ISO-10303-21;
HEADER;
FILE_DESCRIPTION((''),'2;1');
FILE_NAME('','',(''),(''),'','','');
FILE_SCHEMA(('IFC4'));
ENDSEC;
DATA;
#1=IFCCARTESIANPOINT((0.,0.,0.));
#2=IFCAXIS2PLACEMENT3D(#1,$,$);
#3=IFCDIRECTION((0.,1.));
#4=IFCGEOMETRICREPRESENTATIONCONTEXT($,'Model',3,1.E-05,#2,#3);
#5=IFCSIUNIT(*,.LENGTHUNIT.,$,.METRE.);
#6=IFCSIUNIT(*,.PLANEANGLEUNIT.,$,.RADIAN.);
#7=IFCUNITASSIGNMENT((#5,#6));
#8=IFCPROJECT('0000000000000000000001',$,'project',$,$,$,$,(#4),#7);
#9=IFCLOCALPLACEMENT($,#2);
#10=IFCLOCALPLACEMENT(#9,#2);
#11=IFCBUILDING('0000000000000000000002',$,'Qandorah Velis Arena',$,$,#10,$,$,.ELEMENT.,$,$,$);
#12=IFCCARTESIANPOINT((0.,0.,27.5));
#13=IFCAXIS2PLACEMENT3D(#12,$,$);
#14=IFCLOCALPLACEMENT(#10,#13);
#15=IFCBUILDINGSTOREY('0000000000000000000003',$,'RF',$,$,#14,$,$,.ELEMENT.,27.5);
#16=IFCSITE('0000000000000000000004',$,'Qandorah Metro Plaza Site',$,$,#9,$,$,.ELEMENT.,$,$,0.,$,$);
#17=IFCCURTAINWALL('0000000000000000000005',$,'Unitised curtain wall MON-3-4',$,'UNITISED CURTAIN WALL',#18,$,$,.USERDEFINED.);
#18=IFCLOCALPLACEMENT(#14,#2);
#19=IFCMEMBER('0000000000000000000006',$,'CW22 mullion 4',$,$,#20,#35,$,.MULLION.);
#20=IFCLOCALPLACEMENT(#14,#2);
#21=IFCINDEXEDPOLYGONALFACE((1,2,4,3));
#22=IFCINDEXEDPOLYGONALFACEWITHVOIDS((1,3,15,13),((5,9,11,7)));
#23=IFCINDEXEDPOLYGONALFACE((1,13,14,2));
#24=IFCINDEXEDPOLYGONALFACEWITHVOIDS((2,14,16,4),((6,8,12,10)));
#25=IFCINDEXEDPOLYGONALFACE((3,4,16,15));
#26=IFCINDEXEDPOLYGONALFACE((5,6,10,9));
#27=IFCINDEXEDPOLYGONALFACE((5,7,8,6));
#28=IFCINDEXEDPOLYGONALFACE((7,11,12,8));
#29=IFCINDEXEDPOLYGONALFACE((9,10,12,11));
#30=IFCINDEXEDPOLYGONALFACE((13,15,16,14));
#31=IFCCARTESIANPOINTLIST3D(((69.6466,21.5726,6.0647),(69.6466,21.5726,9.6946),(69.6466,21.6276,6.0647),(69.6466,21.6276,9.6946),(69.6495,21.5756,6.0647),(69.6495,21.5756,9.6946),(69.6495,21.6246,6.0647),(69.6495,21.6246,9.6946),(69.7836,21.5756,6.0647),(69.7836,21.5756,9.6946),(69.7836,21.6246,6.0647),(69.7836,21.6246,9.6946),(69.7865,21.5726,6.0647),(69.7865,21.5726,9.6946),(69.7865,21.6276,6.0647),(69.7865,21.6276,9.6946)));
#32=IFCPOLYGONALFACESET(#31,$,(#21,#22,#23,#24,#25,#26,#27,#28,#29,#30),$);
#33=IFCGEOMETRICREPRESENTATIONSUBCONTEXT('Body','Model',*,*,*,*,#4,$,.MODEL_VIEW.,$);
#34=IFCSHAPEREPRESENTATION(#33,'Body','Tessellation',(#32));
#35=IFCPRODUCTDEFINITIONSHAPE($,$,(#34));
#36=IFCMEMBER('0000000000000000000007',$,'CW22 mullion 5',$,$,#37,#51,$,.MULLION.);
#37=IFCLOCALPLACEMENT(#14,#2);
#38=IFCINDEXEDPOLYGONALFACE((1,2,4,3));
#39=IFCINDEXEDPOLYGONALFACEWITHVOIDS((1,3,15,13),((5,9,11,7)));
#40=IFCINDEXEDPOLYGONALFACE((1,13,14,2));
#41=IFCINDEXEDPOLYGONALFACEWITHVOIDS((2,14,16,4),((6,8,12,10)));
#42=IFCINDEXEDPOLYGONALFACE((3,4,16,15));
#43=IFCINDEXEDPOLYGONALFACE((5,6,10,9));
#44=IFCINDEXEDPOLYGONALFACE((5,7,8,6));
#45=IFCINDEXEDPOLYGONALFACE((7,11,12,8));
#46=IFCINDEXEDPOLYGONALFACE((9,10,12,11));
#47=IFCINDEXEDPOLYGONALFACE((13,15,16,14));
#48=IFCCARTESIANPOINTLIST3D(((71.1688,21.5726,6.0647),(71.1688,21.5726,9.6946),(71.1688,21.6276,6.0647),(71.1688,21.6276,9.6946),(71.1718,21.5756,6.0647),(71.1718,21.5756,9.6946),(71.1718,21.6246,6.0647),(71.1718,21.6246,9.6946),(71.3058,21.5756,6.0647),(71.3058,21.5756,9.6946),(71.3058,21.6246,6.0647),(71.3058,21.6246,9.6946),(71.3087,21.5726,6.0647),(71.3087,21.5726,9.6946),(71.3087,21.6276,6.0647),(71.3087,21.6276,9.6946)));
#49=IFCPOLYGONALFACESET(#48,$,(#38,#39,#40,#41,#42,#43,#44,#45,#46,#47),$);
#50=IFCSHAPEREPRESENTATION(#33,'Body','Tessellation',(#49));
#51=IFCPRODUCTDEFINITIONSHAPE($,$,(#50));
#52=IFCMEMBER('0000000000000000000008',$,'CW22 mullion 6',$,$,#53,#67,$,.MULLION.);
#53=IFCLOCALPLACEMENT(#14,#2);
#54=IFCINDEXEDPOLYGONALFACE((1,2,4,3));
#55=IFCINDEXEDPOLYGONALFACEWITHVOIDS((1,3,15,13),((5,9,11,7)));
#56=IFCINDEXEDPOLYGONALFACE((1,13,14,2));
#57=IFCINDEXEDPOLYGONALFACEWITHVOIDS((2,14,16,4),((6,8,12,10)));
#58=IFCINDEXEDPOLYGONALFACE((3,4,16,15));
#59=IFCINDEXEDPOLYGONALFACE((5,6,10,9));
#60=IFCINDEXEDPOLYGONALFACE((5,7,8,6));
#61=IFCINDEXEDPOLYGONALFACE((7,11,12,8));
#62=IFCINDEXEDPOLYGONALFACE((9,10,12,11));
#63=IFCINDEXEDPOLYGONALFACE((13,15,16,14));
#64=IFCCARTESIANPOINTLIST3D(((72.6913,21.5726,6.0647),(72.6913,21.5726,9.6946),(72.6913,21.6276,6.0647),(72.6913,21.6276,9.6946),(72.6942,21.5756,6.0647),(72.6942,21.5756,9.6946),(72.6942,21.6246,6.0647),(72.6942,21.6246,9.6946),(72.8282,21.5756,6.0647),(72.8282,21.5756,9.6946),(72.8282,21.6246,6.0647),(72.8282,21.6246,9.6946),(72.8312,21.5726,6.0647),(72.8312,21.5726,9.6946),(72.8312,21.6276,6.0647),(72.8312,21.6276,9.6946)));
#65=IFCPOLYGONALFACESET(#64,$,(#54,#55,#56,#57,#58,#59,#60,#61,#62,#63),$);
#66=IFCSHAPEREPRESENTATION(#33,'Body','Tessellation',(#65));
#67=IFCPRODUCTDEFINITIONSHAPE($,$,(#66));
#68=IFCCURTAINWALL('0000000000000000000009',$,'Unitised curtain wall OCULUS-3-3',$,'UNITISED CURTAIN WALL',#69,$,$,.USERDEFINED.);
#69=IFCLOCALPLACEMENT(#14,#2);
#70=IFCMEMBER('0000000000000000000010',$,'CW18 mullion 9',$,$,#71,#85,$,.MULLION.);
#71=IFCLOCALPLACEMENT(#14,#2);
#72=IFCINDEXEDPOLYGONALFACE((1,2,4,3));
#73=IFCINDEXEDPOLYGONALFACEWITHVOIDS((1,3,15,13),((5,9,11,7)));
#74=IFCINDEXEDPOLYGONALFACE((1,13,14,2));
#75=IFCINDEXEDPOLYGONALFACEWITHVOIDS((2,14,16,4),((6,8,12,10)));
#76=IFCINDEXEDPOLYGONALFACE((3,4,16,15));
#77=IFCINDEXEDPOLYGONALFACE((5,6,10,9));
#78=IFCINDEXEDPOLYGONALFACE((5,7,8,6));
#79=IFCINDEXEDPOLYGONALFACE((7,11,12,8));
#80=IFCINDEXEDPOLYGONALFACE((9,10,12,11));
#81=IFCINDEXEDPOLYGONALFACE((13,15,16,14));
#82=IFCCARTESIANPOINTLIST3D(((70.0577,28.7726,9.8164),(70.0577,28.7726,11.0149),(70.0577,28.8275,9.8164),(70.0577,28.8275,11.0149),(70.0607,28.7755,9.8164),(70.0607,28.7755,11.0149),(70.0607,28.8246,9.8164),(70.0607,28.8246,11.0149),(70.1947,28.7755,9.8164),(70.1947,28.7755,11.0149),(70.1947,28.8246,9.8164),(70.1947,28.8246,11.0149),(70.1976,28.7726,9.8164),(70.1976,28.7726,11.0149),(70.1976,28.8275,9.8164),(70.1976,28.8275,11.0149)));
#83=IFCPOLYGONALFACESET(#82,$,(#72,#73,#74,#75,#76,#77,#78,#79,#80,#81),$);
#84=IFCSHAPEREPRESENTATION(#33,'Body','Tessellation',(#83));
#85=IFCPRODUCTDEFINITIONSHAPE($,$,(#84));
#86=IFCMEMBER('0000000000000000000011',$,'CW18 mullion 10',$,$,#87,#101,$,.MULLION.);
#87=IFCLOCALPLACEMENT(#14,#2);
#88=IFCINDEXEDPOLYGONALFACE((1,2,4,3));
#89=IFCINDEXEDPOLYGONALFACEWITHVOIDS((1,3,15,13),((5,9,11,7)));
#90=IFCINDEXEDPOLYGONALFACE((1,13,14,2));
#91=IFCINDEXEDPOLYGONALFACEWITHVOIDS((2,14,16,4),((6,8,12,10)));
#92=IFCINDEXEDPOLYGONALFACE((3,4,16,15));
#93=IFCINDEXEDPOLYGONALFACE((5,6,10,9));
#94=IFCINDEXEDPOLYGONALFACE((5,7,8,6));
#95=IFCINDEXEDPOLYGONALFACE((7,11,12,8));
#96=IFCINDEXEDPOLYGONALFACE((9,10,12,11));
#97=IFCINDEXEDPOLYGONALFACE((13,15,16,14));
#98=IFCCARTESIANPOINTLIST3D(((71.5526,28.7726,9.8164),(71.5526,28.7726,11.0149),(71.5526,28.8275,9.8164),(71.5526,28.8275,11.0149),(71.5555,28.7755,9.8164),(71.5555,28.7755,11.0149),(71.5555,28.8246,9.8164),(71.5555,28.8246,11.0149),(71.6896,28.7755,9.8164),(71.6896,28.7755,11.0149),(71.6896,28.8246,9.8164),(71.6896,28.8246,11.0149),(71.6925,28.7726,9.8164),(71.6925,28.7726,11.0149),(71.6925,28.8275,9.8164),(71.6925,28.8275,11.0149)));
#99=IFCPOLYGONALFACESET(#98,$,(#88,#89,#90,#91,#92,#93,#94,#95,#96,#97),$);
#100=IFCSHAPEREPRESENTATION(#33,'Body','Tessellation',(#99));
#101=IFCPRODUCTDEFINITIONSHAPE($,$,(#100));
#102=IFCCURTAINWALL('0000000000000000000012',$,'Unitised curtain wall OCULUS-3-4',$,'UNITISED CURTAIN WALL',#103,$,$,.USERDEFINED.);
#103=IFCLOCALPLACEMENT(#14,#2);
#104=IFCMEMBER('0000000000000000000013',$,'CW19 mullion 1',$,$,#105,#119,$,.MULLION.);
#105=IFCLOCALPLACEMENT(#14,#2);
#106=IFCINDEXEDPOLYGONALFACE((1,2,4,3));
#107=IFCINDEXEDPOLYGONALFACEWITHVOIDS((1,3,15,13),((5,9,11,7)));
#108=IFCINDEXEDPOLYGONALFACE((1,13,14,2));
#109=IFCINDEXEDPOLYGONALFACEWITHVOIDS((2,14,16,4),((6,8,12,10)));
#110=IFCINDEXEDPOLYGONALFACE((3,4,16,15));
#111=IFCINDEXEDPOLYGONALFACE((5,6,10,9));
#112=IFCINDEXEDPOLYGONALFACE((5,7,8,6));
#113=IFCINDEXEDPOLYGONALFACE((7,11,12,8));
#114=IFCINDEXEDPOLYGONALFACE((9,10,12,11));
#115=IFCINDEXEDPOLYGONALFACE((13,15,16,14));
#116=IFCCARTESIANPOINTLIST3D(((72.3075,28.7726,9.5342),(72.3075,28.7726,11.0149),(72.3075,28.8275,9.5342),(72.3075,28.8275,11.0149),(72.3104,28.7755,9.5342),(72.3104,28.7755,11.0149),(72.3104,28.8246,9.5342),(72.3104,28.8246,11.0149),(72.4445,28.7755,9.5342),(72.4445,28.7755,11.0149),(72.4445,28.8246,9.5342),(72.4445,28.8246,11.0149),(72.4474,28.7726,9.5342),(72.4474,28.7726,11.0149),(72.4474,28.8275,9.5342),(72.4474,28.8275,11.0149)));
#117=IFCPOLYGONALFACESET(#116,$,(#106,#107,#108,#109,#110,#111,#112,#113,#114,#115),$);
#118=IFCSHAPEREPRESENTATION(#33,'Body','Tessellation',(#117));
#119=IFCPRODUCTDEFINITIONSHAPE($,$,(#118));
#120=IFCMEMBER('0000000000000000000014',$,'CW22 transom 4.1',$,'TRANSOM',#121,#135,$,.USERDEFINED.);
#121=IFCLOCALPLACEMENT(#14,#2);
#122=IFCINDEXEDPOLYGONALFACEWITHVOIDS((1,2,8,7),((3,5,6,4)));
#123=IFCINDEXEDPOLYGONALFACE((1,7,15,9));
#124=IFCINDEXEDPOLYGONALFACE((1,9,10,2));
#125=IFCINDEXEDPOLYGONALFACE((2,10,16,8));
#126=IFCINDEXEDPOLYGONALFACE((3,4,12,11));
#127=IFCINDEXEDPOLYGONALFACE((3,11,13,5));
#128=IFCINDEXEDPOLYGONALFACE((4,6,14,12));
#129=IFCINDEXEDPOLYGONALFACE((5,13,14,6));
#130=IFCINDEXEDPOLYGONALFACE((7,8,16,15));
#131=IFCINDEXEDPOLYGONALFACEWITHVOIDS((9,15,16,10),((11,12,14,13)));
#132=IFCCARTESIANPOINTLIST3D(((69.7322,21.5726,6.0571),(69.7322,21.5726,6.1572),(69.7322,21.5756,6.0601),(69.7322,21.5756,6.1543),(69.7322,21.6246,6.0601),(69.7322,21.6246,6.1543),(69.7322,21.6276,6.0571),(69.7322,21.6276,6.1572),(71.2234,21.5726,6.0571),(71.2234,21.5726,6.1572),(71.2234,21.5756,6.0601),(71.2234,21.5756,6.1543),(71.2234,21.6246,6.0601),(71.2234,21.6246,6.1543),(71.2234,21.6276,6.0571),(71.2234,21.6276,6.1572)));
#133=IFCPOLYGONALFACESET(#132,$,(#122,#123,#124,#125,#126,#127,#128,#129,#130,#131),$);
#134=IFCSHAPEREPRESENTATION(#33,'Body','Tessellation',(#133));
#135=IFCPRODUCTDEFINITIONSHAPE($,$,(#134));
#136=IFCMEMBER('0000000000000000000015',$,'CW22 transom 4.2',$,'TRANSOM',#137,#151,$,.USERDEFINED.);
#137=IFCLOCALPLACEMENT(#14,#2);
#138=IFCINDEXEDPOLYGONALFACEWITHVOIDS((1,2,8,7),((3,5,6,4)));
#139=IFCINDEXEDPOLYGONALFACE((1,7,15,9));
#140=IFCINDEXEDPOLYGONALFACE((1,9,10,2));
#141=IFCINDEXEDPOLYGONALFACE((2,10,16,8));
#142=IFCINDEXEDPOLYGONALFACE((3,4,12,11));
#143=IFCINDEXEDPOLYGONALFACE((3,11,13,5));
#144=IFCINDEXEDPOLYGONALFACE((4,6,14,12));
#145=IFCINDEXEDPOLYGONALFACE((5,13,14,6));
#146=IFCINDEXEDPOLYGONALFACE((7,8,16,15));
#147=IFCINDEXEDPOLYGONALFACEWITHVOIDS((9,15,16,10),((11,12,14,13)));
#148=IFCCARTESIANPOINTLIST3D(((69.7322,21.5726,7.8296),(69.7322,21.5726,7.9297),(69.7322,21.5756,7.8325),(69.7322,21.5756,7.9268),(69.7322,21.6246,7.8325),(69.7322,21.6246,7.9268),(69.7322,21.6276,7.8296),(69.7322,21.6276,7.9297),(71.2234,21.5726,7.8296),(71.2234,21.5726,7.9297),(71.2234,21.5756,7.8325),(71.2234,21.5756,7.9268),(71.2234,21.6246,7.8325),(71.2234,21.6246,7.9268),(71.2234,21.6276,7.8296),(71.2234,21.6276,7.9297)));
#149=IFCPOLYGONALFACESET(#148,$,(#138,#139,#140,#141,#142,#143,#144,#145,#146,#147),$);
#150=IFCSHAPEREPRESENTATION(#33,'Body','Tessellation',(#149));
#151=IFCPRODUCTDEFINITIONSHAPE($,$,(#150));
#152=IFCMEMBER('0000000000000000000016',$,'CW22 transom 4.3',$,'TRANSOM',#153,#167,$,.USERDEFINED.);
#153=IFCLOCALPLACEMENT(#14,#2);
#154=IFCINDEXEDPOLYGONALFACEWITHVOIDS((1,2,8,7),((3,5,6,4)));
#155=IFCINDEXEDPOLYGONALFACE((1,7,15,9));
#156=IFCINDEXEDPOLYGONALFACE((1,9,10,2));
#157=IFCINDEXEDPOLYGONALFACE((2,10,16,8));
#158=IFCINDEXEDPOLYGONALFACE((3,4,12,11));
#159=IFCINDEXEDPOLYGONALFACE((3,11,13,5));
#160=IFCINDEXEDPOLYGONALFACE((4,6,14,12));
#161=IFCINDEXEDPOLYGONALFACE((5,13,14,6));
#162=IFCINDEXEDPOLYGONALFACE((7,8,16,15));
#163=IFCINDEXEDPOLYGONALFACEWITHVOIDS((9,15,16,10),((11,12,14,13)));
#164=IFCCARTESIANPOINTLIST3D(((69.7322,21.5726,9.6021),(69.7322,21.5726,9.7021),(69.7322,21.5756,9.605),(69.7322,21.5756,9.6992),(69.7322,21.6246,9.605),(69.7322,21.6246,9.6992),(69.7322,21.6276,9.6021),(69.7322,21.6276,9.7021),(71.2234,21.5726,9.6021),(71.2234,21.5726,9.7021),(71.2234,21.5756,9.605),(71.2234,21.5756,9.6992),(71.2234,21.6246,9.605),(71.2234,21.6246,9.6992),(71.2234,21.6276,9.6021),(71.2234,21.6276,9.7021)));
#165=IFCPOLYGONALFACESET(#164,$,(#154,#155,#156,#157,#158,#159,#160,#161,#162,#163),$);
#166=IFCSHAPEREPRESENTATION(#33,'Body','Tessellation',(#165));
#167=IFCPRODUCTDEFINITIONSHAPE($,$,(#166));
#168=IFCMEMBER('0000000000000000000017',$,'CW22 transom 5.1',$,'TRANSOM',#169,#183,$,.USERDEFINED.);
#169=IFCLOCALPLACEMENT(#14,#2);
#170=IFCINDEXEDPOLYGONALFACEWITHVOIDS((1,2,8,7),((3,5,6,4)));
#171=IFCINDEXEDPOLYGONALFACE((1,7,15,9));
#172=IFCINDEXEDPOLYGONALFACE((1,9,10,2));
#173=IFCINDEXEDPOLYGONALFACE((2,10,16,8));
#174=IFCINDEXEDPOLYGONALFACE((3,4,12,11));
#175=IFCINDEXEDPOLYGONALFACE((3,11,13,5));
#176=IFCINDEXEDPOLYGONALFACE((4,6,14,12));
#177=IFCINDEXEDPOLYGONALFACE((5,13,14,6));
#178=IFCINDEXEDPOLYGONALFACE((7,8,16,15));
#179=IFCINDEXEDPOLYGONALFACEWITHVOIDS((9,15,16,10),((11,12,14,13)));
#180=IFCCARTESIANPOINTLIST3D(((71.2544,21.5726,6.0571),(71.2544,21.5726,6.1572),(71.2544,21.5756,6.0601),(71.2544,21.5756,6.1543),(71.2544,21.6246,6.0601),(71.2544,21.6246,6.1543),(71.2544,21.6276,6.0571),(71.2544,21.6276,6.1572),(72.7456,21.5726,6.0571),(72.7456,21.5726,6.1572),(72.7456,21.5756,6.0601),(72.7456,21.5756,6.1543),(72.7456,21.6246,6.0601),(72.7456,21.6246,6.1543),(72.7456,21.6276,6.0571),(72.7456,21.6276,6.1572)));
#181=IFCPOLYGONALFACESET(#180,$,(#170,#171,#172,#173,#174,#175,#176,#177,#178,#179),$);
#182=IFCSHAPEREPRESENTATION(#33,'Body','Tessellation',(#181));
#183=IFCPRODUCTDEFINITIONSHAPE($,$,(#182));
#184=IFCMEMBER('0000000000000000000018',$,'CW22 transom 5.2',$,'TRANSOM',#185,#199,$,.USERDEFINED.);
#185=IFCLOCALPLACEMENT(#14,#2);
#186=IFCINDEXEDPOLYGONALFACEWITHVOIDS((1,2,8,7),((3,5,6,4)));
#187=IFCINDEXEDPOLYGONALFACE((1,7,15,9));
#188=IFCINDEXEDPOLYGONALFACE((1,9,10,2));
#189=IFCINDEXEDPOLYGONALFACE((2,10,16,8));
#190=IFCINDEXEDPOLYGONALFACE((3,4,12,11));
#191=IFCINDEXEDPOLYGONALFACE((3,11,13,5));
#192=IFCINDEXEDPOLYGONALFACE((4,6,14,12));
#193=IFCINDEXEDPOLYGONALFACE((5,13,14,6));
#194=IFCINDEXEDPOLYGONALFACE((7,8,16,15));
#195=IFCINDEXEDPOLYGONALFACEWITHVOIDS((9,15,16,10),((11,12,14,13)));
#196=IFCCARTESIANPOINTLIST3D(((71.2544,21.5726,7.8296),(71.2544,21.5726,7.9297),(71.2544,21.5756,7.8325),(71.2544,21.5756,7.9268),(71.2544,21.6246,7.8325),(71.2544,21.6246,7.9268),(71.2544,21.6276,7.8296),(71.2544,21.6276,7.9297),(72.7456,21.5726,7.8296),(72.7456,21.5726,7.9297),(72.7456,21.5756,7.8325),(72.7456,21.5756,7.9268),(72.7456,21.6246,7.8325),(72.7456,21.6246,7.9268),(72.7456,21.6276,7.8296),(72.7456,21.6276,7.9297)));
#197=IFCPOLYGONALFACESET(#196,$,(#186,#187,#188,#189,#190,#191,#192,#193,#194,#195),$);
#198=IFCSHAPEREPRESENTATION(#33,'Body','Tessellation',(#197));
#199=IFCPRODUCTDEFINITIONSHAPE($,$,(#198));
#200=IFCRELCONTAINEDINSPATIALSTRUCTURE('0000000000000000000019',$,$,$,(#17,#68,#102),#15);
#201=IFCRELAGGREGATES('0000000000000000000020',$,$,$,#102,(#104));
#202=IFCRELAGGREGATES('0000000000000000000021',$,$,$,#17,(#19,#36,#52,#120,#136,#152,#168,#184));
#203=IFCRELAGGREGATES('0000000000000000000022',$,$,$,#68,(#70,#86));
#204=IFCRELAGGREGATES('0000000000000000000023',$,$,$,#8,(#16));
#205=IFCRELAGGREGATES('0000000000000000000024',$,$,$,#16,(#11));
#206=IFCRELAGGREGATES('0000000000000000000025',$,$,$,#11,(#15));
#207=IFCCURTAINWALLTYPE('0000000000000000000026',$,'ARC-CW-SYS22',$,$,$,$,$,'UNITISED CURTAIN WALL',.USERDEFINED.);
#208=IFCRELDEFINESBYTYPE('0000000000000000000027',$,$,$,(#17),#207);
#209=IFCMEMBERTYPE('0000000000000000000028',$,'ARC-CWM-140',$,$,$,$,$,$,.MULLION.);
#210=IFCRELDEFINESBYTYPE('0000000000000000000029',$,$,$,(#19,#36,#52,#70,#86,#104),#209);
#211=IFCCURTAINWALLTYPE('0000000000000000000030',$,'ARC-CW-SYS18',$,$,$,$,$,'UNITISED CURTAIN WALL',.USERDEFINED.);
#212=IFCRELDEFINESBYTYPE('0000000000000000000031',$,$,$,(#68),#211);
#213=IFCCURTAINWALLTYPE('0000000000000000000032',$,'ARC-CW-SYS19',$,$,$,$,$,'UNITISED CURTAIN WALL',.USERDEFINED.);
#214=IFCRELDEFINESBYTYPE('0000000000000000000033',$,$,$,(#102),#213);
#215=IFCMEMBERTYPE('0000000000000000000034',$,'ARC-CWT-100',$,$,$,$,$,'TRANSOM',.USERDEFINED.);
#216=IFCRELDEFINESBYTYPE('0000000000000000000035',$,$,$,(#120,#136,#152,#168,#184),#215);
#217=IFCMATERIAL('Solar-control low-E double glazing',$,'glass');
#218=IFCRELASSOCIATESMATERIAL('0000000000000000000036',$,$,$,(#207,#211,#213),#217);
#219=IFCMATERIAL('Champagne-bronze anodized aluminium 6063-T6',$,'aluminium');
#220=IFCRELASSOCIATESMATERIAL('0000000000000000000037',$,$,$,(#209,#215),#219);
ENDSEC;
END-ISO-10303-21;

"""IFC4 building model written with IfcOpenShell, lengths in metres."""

from ifc_helpers import new_model, si_unit, direction, frame, origin, origin_2d, place, context, subcontext, project, spatial, hollow_rectangle, extrude, material, material_profile, profile_set, type_object, element, aggregate, save


model = new_model("IFC4")

# Units and contexts
model_context = context("Model", 3, precision=1e-05, world=origin(), true_north=direction((0.0, 1.0)))
body_context = subcontext(model_context, "Body", "Model", "MODEL_VIEW")
ifc_project = project(units=[si_unit("LENGTHUNIT", "METRE"), si_unit("PLANEANGLEUNIT", "RADIAN")], contexts=[model_context])

# Site, building, storey
site_placement = place(None, origin())
site = spatial("IfcSite", under=ifc_project, at=site_placement, Name="Qandorah Metro Plaza Site", CompositionType="ELEMENT", RefElevation=0.0)
building_placement = place(site_placement, origin())
building = spatial("IfcBuilding", under=site, at=building_placement, Name="Qandorah Velis Arena", CompositionType="ELEMENT")
storey_placement = place(building_placement, frame((0.0, 0.0, 27.5)))
storey = spatial("IfcBuildingStorey", under=building, at=storey_placement, Name="RF", CompositionType="ELEMENT", Elevation=27.5)

# Curtain walls, members
ifc_material_1 = material(Name="Solar-control low-E double glazing", Category="glass")
curtain_wall_type_1 = type_object("IfcCurtainWallType", Name="ARC-CW-SYS22", ElementType="UNITISED CURTAIN WALL", PredefinedType="USERDEFINED", material=ifc_material_1)
curtain_wall_1_placement = place(storey_placement, origin())
curtain_wall_1 = element("IfcCurtainWall", 1, at=curtain_wall_1_placement, inside=storey, type_object=curtain_wall_type_1, Name="Unitised curtain wall MON-3-4", ObjectType="UNITISED CURTAIN WALL", PredefinedType="USERDEFINED")
ifc_material_2 = material(Name="Champagne-bronze anodized aluminium 6063-T6", Category="aluminium")
ifc_material_profile_1 = material_profile(ifc_material_2, hollow_rectangle(XDim=0.0549, YDim=0.1399, WallThickness=0.0029, at=origin_2d()), Name="ALU MULLION 55x140")
ifc_profile_set_1 = profile_set([ifc_material_profile_1], Name="Champagne-bronze anodized aluminium 6063-T6")
member_type_1 = type_object("IfcMemberType", Name="ARC-CWM-140", PredefinedType="MULLION", material=ifc_profile_set_1)
member_1_placement = place(storey_placement, frame((69.7166, 21.6001, 6.0647), z_axis=(0.0, 0.0, 1.0), x_axis=(0.0, 1.0, 0.0)))
member_1 = element("IfcMember", 2, at=member_1_placement, type_object=member_type_1, Name="CW22 mullion 4", PredefinedType="MULLION", context=body_context, shape_type="SweptSolid", body=[
    extrude(hollow_rectangle(XDim=0.0549, YDim=0.1399, WallThickness=0.0029, at=origin_2d()), origin(), (0.0, 0.0, 1.0), 3.6299),
])
member_2_placement = place(storey_placement, frame((71.2388, 21.6001, 6.0647), z_axis=(0.0, 0.0, 1.0), x_axis=(0.0, 1.0, 0.0)))
member_2 = element("IfcMember", 3, at=member_2_placement, type_object=member_type_1, Name="CW22 mullion 5", PredefinedType="MULLION", context=body_context, shape_type="SweptSolid", body=[
    extrude(hollow_rectangle(XDim=0.0549, YDim=0.1399, WallThickness=0.0029, at=origin_2d()), origin(), (0.0, 0.0, 1.0), 3.6299),
])
member_3_placement = place(storey_placement, frame((72.7612, 21.6001, 6.0647), z_axis=(0.0, 0.0, 1.0), x_axis=(0.0, 1.0, 0.0)))
member_3 = element("IfcMember", 4, at=member_3_placement, type_object=member_type_1, Name="CW22 mullion 6", PredefinedType="MULLION", context=body_context, shape_type="SweptSolid", body=[
    extrude(hollow_rectangle(XDim=0.0549, YDim=0.1399, WallThickness=0.0029, at=origin_2d()), origin(), (0.0, 0.0, 1.0), 3.6299),
])
curtain_wall_type_2 = type_object("IfcCurtainWallType", Name="ARC-CW-SYS18", ElementType="UNITISED CURTAIN WALL", PredefinedType="USERDEFINED", material=ifc_material_1)
curtain_wall_2_placement = place(storey_placement, origin())
curtain_wall_2 = element("IfcCurtainWall", 5, at=curtain_wall_2_placement, inside=storey, type_object=curtain_wall_type_2, Name="Unitised curtain wall OCULUS-3-3", ObjectType="UNITISED CURTAIN WALL", PredefinedType="USERDEFINED")
member_4_placement = place(storey_placement, frame((70.1277, 28.8, 9.8164), z_axis=(0.0, 0.0, 1.0), x_axis=(0.0, 1.0, 0.0)))
member_4 = element("IfcMember", 6, at=member_4_placement, type_object=member_type_1, Name="CW18 mullion 9", PredefinedType="MULLION", context=body_context, shape_type="SweptSolid", body=[
    extrude(hollow_rectangle(XDim=0.0549, YDim=0.1399, WallThickness=0.0029, at=origin_2d()), origin(), (0.0, 0.0, 1.0), 1.1985),
])
member_5_placement = place(storey_placement, frame((71.6226, 28.8, 9.8164), z_axis=(0.0, 0.0, 1.0), x_axis=(0.0, 1.0, 0.0)))
member_5 = element("IfcMember", 7, at=member_5_placement, type_object=member_type_1, Name="CW18 mullion 10", PredefinedType="MULLION", context=body_context, shape_type="SweptSolid", body=[
    extrude(hollow_rectangle(XDim=0.0549, YDim=0.1399, WallThickness=0.0029, at=origin_2d()), origin(), (0.0, 0.0, 1.0), 1.1985),
])

# Curtain wall, member
curtain_wall_type_3 = type_object("IfcCurtainWallType", Name="ARC-CW-SYS19", ElementType="UNITISED CURTAIN WALL", PredefinedType="USERDEFINED", material=ifc_material_1)
curtain_wall_3_placement = place(storey_placement, origin())
curtain_wall_3 = element("IfcCurtainWall", 8, at=curtain_wall_3_placement, inside=storey, type_object=curtain_wall_type_3, Name="Unitised curtain wall OCULUS-3-4", ObjectType="UNITISED CURTAIN WALL", PredefinedType="USERDEFINED")
member_6_placement = place(storey_placement, frame((72.3774, 28.8, 9.5342), z_axis=(0.0, 0.0, 1.0), x_axis=(0.0, 1.0, 0.0)))
member_6 = element("IfcMember", 9, at=member_6_placement, type_object=member_type_1, Name="CW19 mullion 1", PredefinedType="MULLION", context=body_context, shape_type="SweptSolid", body=[
    extrude(hollow_rectangle(XDim=0.0549, YDim=0.1399, WallThickness=0.0029, at=origin_2d()), origin(), (0.0, 0.0, 1.0), 1.4807),
])

# Members
ifc_material_profile_2 = material_profile(ifc_material_2, hollow_rectangle(XDim=0.0549, YDim=0.1001, WallThickness=0.0029, at=origin_2d()), Name="ALU TRANSOM 55x100")
ifc_profile_set_2 = profile_set([ifc_material_profile_2], Name="Champagne-bronze anodized aluminium 6063-T6")
member_type_2 = type_object("IfcMemberType", Name="ARC-CWT-100", ElementType="TRANSOM", PredefinedType="USERDEFINED", material=ifc_profile_set_2)
member_7_placement = place(storey_placement, frame((69.7322, 21.6001, 6.1072), z_axis=(1.0, 0.0, 0.0), x_axis=(0.0, 1.0, 0.0)))
member_7 = element("IfcMember", 10, at=member_7_placement, type_object=member_type_2, Name="CW22 transom 4.1", ObjectType="TRANSOM", PredefinedType="USERDEFINED", context=body_context, shape_type="SweptSolid", body=[
    extrude(hollow_rectangle(XDim=0.0549, YDim=0.1001, WallThickness=0.0029, at=origin_2d()), origin(), (0.0, 0.0, 1.0), 1.4912),
])
member_8_placement = place(storey_placement, frame((69.7322, 21.6001, 7.8796), z_axis=(1.0, 0.0, 0.0), x_axis=(0.0, 1.0, 0.0)))
member_8 = element("IfcMember", 11, at=member_8_placement, type_object=member_type_2, Name="CW22 transom 4.2", ObjectType="TRANSOM", PredefinedType="USERDEFINED", context=body_context, shape_type="SweptSolid", body=[
    extrude(hollow_rectangle(XDim=0.0549, YDim=0.1001, WallThickness=0.0029, at=origin_2d()), origin(), (0.0, 0.0, 1.0), 1.4912),
])
member_9_placement = place(storey_placement, frame((69.7322, 21.6001, 9.6521), z_axis=(1.0, 0.0, 0.0), x_axis=(0.0, 1.0, 0.0)))
member_9 = element("IfcMember", 12, at=member_9_placement, type_object=member_type_2, Name="CW22 transom 4.3", ObjectType="TRANSOM", PredefinedType="USERDEFINED", context=body_context, shape_type="SweptSolid", body=[
    extrude(hollow_rectangle(XDim=0.0549, YDim=0.1001, WallThickness=0.0029, at=origin_2d()), origin(), (0.0, 0.0, 1.0), 1.4912),
])
member_10_placement = place(storey_placement, frame((71.2544, 21.6001, 6.1072), z_axis=(1.0, 0.0, 0.0), x_axis=(0.0, 1.0, 0.0)))
member_10 = element("IfcMember", 13, at=member_10_placement, type_object=member_type_2, Name="CW22 transom 5.1", ObjectType="TRANSOM", PredefinedType="USERDEFINED", context=body_context, shape_type="SweptSolid", body=[
    extrude(hollow_rectangle(XDim=0.0549, YDim=0.1001, WallThickness=0.0029, at=origin_2d()), origin(), (0.0, 0.0, 1.0), 1.4912),
])
member_11_placement = place(storey_placement, frame((71.2544, 21.6001, 7.8796), z_axis=(1.0, 0.0, 0.0), x_axis=(0.0, 1.0, 0.0)))
member_11 = element("IfcMember", 14, at=member_11_placement, type_object=member_type_2, Name="CW22 transom 5.2", ObjectType="TRANSOM", PredefinedType="USERDEFINED", context=body_context, shape_type="SweptSolid", body=[
    extrude(hollow_rectangle(XDim=0.0549, YDim=0.1001, WallThickness=0.0029, at=origin_2d()), origin(), (0.0, 0.0, 1.0), 1.4912),
])
aggregate(curtain_wall_3, [member_6])

aggregate(curtain_wall_1, [member_1, member_2, member_3, member_7, member_8, member_9, member_10, member_11])
aggregate(curtain_wall_2, [member_4, member_5])

save(model, "model.ifc")
